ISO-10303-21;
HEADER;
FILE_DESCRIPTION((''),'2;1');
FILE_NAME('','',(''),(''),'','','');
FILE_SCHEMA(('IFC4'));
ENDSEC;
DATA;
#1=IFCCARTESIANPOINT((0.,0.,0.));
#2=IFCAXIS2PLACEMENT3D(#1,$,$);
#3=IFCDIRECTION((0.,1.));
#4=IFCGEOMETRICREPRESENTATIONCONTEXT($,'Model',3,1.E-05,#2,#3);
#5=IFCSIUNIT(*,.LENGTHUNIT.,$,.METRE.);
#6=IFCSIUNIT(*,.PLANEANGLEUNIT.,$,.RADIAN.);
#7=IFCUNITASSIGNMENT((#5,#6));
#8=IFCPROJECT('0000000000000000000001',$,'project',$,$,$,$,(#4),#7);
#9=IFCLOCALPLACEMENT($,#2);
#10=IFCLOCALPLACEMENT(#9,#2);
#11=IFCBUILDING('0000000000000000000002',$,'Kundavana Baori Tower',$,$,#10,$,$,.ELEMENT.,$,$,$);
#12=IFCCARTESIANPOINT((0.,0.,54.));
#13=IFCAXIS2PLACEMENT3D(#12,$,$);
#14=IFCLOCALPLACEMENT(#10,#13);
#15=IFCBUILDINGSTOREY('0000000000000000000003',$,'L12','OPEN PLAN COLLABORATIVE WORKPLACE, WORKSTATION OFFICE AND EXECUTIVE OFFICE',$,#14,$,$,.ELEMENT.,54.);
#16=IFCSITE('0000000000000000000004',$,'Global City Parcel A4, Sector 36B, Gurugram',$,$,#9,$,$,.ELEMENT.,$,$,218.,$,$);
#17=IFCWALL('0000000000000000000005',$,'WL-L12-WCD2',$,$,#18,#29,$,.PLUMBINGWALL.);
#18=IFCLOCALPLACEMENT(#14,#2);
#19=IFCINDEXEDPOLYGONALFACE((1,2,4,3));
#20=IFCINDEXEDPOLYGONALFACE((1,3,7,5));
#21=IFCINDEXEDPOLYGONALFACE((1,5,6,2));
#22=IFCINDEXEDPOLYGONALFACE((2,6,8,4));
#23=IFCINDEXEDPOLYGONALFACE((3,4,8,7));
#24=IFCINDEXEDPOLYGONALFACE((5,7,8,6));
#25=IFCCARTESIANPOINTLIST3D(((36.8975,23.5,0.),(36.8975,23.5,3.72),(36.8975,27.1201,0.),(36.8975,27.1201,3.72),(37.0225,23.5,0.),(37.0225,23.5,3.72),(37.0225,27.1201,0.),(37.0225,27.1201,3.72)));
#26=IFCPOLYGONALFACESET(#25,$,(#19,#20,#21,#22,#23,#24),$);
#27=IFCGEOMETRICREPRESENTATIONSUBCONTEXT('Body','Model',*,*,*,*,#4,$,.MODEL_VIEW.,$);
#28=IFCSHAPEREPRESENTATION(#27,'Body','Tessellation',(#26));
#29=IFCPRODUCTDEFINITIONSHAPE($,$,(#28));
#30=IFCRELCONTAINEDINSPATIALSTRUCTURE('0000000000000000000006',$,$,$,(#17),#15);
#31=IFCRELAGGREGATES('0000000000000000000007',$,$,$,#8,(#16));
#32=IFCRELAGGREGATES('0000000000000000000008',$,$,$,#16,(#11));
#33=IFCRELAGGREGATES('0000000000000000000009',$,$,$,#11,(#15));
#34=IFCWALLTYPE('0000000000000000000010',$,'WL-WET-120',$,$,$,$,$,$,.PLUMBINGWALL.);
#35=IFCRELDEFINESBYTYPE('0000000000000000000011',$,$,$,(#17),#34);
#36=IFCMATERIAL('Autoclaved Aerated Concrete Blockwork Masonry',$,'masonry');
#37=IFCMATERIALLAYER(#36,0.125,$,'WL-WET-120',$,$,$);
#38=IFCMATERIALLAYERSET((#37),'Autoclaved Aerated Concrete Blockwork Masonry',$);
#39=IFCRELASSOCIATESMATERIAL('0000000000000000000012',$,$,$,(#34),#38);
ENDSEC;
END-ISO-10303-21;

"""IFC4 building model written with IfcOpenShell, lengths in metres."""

from ifc_helpers import new_model, si_unit, direction, frame, frame_2d, origin, place, context, subcontext, project, spatial, rectangle, extrude, material, layer, layer_set, type_object, element, save


model = new_model("IFC4")

# Units and contexts
model_context = context("Model", 3, precision=1e-05, world=origin(), true_north=direction((0.0, 1.0)))
body_context = subcontext(model_context, "Body", "Model", "MODEL_VIEW")
ifc_project = project(units=[si_unit("LENGTHUNIT", "METRE"), si_unit("PLANEANGLEUNIT", "RADIAN")], contexts=[model_context])

# Site, building, storey
site_placement = place(None, origin())
site = spatial("IfcSite", under=ifc_project, at=site_placement, Name="Global City Parcel A4, Sector 36B, Gurugram", CompositionType="ELEMENT", RefElevation=218.0)
building_placement = place(site_placement, origin())
building = spatial("IfcBuilding", under=site, at=building_placement, Name="Kundavana Baori Tower", CompositionType="ELEMENT")
storey_placement = place(building_placement, frame((0.0, 0.0, 54.0)))
storey = spatial("IfcBuildingStorey", under=building, at=storey_placement, Name="L12", Description="OPEN PLAN COLLABORATIVE WORKPLACE, WORKSTATION OFFICE AND EXECUTIVE OFFICE", CompositionType="ELEMENT", Elevation=54.0)

# Wall
ifc_material_1 = material(Name="Autoclaved Aerated Concrete Blockwork Masonry", Category="masonry")
ifc_layer_1 = layer(ifc_material_1, 0.125, Name="WL-WET-120")
ifc_layer_set_1 = layer_set([ifc_layer_1], Name="Autoclaved Aerated Concrete Blockwork Masonry")
wall_type_1 = type_object("IfcWallType", Name="WL-WET-120", PredefinedType="PLUMBINGWALL", material=ifc_layer_set_1)
for number, where, z_axis, x_axis, name in (
    (1, (36.96, 23.5, 0.0), (0.0, 0.0, 1.0), (0.0, 1.0, 0.0), "WL-L12-WCD2"),
):
    element("IfcWall", number, at=place(storey_placement, frame(where, z_axis=z_axis, x_axis=x_axis)), inside=storey, type_object=wall_type_1, Name=name, PredefinedType="PLUMBINGWALL", context=body_context, shape_type="SweptSolid", body=[
        extrude(rectangle(XDim=3.6201, YDim=0.125, at=frame_2d((1.8101, 0.0))), origin(), (0.0, 0.0, 1.0), 3.72),
    ])

save(model, "model.ifc")
